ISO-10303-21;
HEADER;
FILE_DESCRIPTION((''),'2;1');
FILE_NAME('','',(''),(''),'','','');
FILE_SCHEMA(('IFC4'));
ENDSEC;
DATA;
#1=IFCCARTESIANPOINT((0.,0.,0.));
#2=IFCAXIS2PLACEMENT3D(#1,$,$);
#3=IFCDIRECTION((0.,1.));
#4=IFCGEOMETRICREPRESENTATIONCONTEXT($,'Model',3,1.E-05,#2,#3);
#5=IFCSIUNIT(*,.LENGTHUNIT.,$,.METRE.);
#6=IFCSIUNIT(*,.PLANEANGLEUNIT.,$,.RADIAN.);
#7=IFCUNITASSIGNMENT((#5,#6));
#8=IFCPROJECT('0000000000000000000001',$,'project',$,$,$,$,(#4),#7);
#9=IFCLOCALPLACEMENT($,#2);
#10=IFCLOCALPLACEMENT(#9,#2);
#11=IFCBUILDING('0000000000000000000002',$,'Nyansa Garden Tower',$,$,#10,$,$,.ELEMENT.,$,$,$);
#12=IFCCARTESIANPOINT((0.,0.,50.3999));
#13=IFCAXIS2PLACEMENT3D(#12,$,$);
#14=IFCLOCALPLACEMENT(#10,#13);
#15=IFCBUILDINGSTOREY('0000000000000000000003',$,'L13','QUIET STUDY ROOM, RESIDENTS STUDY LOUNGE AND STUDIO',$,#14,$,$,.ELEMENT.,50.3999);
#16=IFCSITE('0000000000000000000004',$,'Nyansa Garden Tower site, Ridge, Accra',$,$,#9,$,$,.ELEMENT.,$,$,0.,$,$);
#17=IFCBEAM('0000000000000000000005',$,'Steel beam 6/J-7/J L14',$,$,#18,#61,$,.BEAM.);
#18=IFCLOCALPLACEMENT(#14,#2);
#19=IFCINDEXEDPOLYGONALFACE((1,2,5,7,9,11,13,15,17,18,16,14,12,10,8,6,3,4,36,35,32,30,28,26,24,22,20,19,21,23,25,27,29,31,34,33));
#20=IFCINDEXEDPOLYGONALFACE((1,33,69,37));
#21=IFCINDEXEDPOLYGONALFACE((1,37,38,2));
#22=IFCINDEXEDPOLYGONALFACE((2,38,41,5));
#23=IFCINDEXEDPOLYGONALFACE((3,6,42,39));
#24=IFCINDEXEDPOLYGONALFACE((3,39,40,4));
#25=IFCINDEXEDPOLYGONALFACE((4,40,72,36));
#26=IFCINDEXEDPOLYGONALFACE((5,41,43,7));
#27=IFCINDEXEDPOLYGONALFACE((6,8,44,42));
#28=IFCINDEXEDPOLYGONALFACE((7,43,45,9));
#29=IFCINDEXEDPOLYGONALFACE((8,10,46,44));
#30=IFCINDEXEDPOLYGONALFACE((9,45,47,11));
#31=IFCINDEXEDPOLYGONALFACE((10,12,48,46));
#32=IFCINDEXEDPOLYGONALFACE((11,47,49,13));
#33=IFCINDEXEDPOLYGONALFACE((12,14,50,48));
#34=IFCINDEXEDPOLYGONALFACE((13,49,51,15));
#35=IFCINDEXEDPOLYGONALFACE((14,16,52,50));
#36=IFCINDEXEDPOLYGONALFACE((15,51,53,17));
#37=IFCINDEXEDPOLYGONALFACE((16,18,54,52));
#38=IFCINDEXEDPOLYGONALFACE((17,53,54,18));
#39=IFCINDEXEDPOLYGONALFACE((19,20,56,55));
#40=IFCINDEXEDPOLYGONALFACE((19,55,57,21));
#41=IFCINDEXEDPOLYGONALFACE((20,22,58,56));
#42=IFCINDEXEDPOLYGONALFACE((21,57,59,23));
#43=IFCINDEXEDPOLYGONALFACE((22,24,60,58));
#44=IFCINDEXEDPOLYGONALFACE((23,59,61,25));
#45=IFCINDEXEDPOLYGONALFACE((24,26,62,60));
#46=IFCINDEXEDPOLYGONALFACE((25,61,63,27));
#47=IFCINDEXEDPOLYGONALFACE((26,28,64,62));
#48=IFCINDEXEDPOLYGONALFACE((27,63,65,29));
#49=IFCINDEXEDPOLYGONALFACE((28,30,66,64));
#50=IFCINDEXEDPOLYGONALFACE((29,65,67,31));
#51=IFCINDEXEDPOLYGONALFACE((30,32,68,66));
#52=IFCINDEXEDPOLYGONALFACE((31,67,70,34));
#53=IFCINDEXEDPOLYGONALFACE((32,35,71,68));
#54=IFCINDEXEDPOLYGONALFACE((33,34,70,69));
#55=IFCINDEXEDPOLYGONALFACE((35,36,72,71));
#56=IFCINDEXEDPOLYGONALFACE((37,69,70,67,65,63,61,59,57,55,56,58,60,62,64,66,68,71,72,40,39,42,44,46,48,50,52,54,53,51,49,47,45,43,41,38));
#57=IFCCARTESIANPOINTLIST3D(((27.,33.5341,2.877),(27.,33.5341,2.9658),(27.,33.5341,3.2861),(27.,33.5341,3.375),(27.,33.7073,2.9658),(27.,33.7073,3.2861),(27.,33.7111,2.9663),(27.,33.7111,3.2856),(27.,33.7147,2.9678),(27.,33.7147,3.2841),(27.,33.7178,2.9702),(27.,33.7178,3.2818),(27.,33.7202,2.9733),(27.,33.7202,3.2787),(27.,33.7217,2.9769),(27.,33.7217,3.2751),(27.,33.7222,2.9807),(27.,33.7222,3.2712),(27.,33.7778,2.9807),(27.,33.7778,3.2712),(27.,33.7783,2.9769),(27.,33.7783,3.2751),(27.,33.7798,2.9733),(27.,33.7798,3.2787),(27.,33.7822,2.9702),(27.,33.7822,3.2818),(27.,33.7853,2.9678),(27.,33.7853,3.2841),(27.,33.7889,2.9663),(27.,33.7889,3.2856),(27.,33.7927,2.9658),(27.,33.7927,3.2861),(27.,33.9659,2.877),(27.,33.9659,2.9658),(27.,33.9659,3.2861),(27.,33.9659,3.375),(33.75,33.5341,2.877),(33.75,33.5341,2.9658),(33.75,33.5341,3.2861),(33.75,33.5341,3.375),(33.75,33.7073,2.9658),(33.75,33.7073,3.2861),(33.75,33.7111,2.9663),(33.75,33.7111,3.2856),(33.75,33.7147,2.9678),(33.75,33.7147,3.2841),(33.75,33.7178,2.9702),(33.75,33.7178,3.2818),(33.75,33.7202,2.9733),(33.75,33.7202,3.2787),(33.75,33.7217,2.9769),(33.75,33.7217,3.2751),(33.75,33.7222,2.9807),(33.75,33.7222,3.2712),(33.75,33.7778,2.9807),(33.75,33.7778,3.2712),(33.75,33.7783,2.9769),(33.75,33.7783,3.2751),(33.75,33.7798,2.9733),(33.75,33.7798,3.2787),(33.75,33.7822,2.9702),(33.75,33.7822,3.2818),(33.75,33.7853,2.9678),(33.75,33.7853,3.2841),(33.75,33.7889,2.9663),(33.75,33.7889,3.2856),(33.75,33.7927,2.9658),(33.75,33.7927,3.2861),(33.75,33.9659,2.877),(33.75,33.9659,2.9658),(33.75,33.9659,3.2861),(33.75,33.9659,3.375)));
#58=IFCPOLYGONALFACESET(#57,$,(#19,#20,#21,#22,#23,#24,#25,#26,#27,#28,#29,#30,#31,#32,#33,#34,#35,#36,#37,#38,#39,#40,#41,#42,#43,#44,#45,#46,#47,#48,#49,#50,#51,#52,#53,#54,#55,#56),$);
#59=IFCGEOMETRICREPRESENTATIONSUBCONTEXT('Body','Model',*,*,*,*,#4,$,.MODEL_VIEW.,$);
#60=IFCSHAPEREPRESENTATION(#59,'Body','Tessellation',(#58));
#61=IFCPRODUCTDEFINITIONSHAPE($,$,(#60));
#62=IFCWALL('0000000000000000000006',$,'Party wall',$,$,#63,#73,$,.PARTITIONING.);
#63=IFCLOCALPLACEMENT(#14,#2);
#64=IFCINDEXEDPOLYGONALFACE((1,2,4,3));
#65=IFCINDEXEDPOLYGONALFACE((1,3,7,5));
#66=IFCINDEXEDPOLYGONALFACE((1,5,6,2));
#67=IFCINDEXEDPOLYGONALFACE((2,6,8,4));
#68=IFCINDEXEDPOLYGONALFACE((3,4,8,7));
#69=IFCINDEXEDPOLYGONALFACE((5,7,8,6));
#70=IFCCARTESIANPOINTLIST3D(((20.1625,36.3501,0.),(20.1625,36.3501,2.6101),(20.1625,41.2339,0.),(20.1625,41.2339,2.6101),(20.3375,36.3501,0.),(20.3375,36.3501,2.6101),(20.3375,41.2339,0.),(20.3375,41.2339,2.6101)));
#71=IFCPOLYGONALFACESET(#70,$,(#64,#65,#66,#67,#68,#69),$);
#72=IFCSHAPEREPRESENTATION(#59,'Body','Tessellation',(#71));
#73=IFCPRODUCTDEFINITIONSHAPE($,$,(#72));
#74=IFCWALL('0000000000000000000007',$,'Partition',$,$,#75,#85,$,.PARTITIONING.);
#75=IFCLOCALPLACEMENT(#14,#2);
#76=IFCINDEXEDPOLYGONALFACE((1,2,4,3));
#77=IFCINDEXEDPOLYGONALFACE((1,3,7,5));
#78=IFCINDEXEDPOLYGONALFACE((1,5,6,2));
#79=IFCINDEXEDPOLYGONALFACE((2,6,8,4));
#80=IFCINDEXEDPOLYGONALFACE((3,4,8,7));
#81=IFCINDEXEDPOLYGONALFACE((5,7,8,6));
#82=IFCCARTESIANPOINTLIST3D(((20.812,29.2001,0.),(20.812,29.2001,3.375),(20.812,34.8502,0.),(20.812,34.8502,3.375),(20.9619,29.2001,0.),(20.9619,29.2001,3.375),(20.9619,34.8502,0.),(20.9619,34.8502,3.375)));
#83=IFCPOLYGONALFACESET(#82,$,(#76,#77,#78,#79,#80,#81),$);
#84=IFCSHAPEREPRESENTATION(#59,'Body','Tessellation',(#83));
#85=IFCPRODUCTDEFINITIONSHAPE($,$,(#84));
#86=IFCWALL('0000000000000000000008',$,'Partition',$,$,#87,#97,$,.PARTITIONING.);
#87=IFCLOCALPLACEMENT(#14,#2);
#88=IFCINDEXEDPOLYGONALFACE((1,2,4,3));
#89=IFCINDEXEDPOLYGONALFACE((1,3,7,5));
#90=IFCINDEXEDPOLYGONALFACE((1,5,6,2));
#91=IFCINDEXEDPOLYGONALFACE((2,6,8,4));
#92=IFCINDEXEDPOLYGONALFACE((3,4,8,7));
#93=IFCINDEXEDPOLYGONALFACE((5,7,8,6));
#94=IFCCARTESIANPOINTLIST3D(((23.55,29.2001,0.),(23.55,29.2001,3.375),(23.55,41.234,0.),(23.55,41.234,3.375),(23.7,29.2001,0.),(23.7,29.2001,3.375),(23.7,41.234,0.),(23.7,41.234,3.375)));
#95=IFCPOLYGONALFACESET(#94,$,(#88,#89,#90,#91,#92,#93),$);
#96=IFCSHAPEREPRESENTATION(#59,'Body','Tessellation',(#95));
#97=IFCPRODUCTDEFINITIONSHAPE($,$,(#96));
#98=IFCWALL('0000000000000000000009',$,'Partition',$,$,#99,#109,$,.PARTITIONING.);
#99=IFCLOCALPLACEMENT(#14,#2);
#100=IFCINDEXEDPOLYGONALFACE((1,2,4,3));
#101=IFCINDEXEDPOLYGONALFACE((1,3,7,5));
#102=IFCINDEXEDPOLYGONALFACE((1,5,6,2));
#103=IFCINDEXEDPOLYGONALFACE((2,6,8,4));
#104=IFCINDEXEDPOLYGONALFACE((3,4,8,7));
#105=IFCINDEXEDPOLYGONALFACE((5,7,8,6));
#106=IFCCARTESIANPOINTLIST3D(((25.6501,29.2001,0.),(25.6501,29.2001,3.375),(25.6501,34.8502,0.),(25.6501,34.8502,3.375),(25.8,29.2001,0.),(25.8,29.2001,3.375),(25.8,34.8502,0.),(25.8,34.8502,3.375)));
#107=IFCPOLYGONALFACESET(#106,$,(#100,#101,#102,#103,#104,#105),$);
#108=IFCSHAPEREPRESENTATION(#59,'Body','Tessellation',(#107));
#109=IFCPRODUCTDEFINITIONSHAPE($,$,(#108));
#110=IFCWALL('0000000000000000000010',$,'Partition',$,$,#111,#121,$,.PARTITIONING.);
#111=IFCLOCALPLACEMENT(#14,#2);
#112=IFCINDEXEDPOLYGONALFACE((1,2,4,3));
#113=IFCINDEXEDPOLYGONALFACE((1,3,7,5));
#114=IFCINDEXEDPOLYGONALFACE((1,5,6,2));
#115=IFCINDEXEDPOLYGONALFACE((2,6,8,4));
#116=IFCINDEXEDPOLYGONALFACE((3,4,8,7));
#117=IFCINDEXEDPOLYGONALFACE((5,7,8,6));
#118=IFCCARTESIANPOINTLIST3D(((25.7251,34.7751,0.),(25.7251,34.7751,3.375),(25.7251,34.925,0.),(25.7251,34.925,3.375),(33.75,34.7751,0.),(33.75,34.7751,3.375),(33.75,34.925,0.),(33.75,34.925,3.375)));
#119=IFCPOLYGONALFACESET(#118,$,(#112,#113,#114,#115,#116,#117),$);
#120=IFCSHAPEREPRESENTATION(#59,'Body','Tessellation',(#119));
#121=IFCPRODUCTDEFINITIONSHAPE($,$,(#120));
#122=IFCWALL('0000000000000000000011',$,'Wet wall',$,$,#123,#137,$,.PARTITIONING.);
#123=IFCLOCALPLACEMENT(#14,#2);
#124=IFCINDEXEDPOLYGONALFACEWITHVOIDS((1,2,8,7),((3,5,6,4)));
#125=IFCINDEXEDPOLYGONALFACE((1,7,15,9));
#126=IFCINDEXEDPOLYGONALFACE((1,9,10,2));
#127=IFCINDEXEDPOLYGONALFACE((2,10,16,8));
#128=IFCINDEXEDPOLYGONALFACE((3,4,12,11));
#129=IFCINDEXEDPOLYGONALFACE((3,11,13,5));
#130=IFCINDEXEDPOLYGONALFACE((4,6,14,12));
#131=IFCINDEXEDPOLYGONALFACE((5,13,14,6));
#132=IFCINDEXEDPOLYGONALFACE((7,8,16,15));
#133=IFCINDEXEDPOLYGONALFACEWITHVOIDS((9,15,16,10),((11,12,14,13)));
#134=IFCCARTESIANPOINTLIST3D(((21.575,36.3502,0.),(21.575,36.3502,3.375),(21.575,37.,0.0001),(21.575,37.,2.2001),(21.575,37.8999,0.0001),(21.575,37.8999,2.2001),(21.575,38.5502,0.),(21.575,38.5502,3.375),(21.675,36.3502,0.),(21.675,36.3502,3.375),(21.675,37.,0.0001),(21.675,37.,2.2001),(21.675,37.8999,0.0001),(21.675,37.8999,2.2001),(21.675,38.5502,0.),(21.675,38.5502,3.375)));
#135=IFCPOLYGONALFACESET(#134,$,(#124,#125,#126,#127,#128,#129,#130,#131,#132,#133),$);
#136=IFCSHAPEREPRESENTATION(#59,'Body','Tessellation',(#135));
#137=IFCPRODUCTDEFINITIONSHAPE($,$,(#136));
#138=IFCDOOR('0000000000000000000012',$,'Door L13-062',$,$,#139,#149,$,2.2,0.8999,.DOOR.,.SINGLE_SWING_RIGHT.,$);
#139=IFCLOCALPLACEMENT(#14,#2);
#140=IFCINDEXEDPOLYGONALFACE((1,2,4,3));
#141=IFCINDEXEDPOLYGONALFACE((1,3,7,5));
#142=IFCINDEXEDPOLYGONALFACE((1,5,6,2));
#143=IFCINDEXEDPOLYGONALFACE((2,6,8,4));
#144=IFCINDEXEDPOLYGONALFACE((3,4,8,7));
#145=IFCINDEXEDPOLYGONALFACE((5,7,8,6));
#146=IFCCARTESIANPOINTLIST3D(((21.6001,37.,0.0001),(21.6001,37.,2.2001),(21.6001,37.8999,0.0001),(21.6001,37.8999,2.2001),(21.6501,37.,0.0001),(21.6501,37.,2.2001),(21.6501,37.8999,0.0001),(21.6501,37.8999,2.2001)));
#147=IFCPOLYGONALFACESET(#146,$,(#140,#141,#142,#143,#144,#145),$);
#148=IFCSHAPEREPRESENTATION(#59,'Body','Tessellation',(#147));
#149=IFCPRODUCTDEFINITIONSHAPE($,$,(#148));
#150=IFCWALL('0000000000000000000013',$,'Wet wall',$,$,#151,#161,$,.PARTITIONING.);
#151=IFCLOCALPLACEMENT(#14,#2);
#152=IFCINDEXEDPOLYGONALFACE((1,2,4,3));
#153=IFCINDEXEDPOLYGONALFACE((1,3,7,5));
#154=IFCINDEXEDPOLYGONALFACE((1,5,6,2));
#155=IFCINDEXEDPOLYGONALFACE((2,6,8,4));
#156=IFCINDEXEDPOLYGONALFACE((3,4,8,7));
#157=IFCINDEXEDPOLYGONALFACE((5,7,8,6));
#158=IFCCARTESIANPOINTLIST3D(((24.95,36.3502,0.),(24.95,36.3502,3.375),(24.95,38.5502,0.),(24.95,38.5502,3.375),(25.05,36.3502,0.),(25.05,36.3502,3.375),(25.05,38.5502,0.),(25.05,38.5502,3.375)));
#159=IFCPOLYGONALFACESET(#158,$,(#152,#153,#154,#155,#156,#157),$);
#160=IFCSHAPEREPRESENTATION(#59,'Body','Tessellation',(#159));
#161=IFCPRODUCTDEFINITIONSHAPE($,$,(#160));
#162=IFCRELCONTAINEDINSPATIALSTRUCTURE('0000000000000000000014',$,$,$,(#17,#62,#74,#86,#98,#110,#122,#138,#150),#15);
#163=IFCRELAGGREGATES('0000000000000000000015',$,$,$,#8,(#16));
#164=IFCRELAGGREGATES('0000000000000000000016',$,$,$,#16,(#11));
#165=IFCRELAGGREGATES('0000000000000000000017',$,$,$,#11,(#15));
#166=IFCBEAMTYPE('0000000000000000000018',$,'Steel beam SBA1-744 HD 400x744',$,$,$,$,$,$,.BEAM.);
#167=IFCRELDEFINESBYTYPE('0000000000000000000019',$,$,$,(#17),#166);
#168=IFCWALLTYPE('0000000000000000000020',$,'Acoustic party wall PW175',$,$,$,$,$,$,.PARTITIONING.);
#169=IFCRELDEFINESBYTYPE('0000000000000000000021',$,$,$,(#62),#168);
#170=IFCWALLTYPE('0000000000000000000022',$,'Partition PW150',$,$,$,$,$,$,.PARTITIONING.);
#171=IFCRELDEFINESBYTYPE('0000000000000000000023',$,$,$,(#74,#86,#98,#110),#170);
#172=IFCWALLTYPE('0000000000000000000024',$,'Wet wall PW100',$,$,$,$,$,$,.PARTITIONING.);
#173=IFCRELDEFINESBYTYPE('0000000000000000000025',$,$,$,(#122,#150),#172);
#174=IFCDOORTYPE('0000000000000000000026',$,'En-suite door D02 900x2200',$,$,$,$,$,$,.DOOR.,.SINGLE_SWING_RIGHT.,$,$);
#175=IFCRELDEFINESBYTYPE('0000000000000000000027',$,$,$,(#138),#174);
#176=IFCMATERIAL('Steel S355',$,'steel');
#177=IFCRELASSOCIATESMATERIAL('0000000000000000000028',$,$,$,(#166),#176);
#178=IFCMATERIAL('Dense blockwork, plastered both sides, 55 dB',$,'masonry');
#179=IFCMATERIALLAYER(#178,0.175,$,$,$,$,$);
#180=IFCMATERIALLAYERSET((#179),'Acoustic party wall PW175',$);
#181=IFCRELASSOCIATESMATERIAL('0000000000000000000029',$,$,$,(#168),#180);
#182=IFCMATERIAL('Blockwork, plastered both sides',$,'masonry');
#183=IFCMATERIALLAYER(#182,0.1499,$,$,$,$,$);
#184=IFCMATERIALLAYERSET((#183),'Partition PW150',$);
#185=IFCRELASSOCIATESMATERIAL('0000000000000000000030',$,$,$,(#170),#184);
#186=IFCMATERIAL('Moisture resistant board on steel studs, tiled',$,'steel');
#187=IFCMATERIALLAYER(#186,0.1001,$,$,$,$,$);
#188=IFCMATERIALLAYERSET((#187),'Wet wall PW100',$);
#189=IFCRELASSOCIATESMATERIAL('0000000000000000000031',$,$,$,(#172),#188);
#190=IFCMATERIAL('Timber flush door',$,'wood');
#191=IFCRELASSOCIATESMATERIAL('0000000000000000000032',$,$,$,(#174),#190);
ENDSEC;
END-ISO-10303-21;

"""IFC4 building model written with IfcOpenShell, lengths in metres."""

from ifc_helpers import new_model, si_unit, direction, frame, frame_2d, origin, origin_2d, place, context, subcontext, project, spatial, rectangle, i_section, extrude, material, layer, layer_set, material_profile, profile_set, type_object, element, fill, save


model = new_model("IFC4")

# Units and contexts
model_context = context("Model", 3, precision=1e-05, world=origin(), true_north=direction((0.0, 1.0)))
body_context = subcontext(model_context, "Body", "Model", "MODEL_VIEW")
ifc_project = project(units=[si_unit("LENGTHUNIT", "METRE"), si_unit("PLANEANGLEUNIT", "RADIAN")], contexts=[model_context])

# Site, building, storey
site_placement = place(None, origin())
site = spatial("IfcSite", under=ifc_project, at=site_placement, Name="Nyansa Garden Tower site, Ridge, Accra", CompositionType="ELEMENT", RefElevation=0.0)
building_placement = place(site_placement, origin())
building = spatial("IfcBuilding", under=site, at=building_placement, Name="Nyansa Garden Tower", CompositionType="ELEMENT")
storey_placement = place(building_placement, frame((0.0, 0.0, 50.3999)))
storey = spatial("IfcBuildingStorey", under=building, at=storey_placement, Name="L13", Description="QUIET STUDY ROOM, RESIDENTS STUDY LOUNGE AND STUDIO", CompositionType="ELEMENT", Elevation=50.3999)

# Beam
ifc_material_1 = material(Name="Steel S355", Category="steel")
ifc_material_profile_1 = material_profile(ifc_material_1, i_section(OverallWidth=0.4319, OverallDepth=0.498, WebThickness=0.0557, FlangeThickness=0.0889, FilletRadius=0.0149, at=origin_2d()), Name="HD 400x744")
ifc_profile_set_1 = profile_set([ifc_material_profile_1], Name="Steel S355")
beam_type = type_object("IfcBeamType", Name="Steel beam SBA1-744 HD 400x744", PredefinedType="BEAM", material=ifc_profile_set_1)
for number, where, z_axis, x_axis, name in (
    (1, (27.0, 33.75, 3.126), (1.0, 0.0, 0.0), (0.0, 1.0, 0.0), "Steel beam 6/J-7/J L14"),
):
    element("IfcBeam", number, at=place(storey_placement, frame(where, z_axis=z_axis, x_axis=x_axis)), inside=storey, type_object=beam_type, Name=name, PredefinedType="BEAM", context=body_context, shape_type="SweptSolid", body=[
        extrude(i_section(OverallWidth=0.4319, OverallDepth=0.498, WebThickness=0.0557, FlangeThickness=0.0889, FilletRadius=0.0149, at=origin_2d()), origin(), (0.0, 0.0, 1.0), 6.75),
    ])

# Walls
ifc_material_2 = material(Name="Dense blockwork, plastered both sides, 55 dB", Category="masonry")
ifc_layer_1 = layer(ifc_material_2, 0.175)
ifc_layer_set_1 = layer_set([ifc_layer_1], Name="Acoustic party wall PW175")
wall_type_1 = type_object("IfcWallType", Name="Acoustic party wall PW175", PredefinedType="PARTITIONING", material=ifc_layer_set_1)
wall_1_placement = place(storey_placement, frame((20.25, 36.3501, 0.0), z_axis=(0.0, 0.0, 1.0), x_axis=(0.0, 1.0, 0.0)))
element("IfcWall", 2, at=wall_1_placement, inside=storey, type_object=wall_type_1, Name="Party wall", PredefinedType="PARTITIONING", context=body_context, shape_type="SweptSolid", body=[
    extrude(rectangle(XDim=4.8838, YDim=0.175, at=frame_2d((2.4419, 0.0))), origin(), (0.0, 0.0, 1.0), 2.6101),
])
ifc_material_3 = material(Name="Blockwork, plastered both sides", Category="masonry")
ifc_layer_2 = layer(ifc_material_3, 0.1499)
ifc_layer_set_2 = layer_set([ifc_layer_2], Name="Partition PW150")
wall_type_2 = type_object("IfcWallType", Name="Partition PW150", PredefinedType="PARTITIONING", material=ifc_layer_set_2)
wall_2_placement = place(storey_placement, frame((20.887, 29.2, 0.0), z_axis=(0.0, 0.0, 1.0), x_axis=(0.0, 1.0, 0.0)))
element("IfcWall", 3, at=wall_2_placement, inside=storey, type_object=wall_type_2, Name="Partition", PredefinedType="PARTITIONING", context=body_context, shape_type="SweptSolid", body=[
    extrude(rectangle(XDim=5.6501, YDim=0.1499, at=frame_2d((2.8252, 0.0))), origin(), (0.0, 0.0, 1.0), 3.375),
])
wall_3_placement = place(storey_placement, frame((23.625, 29.2, 0.0), z_axis=(0.0, 0.0, 1.0), x_axis=(0.0, 1.0, 0.0)))
element("IfcWall", 4, at=wall_3_placement, inside=storey, type_object=wall_type_2, Name="Partition", PredefinedType="PARTITIONING", context=body_context, shape_type="SweptSolid", body=[
    extrude(rectangle(XDim=12.0339, YDim=0.1499, at=frame_2d((6.0171, 0.0))), origin(), (0.0, 0.0, 1.0), 3.375),
])
wall_4_placement = place(storey_placement, frame((25.7251, 29.2, 0.0), z_axis=(0.0, 0.0, 1.0), x_axis=(0.0, 1.0, 0.0)))
element("IfcWall", 5, at=wall_4_placement, inside=storey, type_object=wall_type_2, Name="Partition", PredefinedType="PARTITIONING", context=body_context, shape_type="SweptSolid", body=[
    extrude(rectangle(XDim=5.6501, YDim=0.1499, at=frame_2d((2.8252, 0.0))), origin(), (0.0, 0.0, 1.0), 3.375),
])
wall_5_placement = place(storey_placement, frame((25.7251, 34.8501, 0.0), z_axis=(0.0, 0.0, 1.0), x_axis=(1.0, 0.0, 0.0)))
element("IfcWall", 6, at=wall_5_placement, inside=storey, type_object=wall_type_2, Name="Partition", PredefinedType="PARTITIONING", context=body_context, shape_type="SweptSolid", body=[
    extrude(rectangle(XDim=8.0249, YDim=0.1499, at=frame_2d((4.0125, 0.0))), origin(), (0.0, 0.0, 1.0), 3.375),
])

# Wall, opening, door
ifc_material_4 = material(Name="Moisture resistant board on steel studs, tiled", Category="steel")
ifc_layer_3 = layer(ifc_material_4, 0.1001)
ifc_layer_set_3 = layer_set([ifc_layer_3], Name="Wet wall PW100")
wall_type_3 = type_object("IfcWallType", Name="Wet wall PW100", PredefinedType="PARTITIONING", material=ifc_layer_set_3)
wall_6_placement = place(storey_placement, frame((21.625, 36.3501, 0.0), z_axis=(0.0, 0.0, 1.0), x_axis=(0.0, 1.0, 0.0)))
wall_6 = element("IfcWall", 7, at=wall_6_placement, inside=storey, type_object=wall_type_3, Name="Wet wall", PredefinedType="PARTITIONING", context=body_context, shape_type="SweptSolid", body=[
    extrude(rectangle(XDim=2.2, YDim=0.1001, at=frame_2d((1.1001, 0.0))), origin(), (0.0, 0.0, 1.0), 3.375),
])
opening_placement = place(wall_6_placement, frame((0.6499, 0.0, 0.0)))
opening = element("IfcOpeningElement", 8, at=opening_placement, cuts=wall_6, PredefinedType="OPENING", context=body_context, shape_type="SweptSolid", body=[
    extrude(rectangle(XDim=0.8999, YDim=2.2, at=frame_2d((0.45, 1.1001))), frame((0.0, 0.0601, 0.0), z_axis=(0.0, -1.0, 0.0), x_axis=(1.0, 0.0, 0.0)), (0.0, 0.0, 1.0), 0.1201),
])
ifc_material_5 = material(Name="Timber flush door", Category="wood")
door_type = type_object("IfcDoorType", Name="En-suite door D02 900x2200", OperationType="SINGLE_SWING_RIGHT", PredefinedType="DOOR", material=ifc_material_5)
door_placement = place(opening_placement, origin())
door = element("IfcDoor", 9, at=door_placement, inside=storey, type_object=door_type, Name="Door L13-062", OperationType="SINGLE_SWING_RIGHT", OverallHeight=2.2, OverallWidth=0.8999, PredefinedType="DOOR", context=body_context, shape_type="SweptSolid", body=[
    extrude(rectangle(XDim=0.8999, YDim=2.2, at=frame_2d((0.45, 1.1001))), frame((0.0, 0.0249, 0.0), z_axis=(0.0, -1.0, 0.0), x_axis=(1.0, 0.0, 0.0)), (0.0, 0.0, 1.0), 0.05),
])
fill(opening, door)

# Wall
wall_7_placement = place(storey_placement, frame((25.0, 36.3501, 0.0), z_axis=(0.0, 0.0, 1.0), x_axis=(0.0, 1.0, 0.0)))
element("IfcWall", 10, at=wall_7_placement, inside=storey, type_object=wall_type_3, Name="Wet wall", PredefinedType="PARTITIONING", context=body_context, shape_type="SweptSolid", body=[
    extrude(rectangle(XDim=2.2, YDim=0.1001, at=frame_2d((1.1001, 0.0))), origin(), (0.0, 0.0, 1.0), 3.375),
])

save(model, "model.ifc")
